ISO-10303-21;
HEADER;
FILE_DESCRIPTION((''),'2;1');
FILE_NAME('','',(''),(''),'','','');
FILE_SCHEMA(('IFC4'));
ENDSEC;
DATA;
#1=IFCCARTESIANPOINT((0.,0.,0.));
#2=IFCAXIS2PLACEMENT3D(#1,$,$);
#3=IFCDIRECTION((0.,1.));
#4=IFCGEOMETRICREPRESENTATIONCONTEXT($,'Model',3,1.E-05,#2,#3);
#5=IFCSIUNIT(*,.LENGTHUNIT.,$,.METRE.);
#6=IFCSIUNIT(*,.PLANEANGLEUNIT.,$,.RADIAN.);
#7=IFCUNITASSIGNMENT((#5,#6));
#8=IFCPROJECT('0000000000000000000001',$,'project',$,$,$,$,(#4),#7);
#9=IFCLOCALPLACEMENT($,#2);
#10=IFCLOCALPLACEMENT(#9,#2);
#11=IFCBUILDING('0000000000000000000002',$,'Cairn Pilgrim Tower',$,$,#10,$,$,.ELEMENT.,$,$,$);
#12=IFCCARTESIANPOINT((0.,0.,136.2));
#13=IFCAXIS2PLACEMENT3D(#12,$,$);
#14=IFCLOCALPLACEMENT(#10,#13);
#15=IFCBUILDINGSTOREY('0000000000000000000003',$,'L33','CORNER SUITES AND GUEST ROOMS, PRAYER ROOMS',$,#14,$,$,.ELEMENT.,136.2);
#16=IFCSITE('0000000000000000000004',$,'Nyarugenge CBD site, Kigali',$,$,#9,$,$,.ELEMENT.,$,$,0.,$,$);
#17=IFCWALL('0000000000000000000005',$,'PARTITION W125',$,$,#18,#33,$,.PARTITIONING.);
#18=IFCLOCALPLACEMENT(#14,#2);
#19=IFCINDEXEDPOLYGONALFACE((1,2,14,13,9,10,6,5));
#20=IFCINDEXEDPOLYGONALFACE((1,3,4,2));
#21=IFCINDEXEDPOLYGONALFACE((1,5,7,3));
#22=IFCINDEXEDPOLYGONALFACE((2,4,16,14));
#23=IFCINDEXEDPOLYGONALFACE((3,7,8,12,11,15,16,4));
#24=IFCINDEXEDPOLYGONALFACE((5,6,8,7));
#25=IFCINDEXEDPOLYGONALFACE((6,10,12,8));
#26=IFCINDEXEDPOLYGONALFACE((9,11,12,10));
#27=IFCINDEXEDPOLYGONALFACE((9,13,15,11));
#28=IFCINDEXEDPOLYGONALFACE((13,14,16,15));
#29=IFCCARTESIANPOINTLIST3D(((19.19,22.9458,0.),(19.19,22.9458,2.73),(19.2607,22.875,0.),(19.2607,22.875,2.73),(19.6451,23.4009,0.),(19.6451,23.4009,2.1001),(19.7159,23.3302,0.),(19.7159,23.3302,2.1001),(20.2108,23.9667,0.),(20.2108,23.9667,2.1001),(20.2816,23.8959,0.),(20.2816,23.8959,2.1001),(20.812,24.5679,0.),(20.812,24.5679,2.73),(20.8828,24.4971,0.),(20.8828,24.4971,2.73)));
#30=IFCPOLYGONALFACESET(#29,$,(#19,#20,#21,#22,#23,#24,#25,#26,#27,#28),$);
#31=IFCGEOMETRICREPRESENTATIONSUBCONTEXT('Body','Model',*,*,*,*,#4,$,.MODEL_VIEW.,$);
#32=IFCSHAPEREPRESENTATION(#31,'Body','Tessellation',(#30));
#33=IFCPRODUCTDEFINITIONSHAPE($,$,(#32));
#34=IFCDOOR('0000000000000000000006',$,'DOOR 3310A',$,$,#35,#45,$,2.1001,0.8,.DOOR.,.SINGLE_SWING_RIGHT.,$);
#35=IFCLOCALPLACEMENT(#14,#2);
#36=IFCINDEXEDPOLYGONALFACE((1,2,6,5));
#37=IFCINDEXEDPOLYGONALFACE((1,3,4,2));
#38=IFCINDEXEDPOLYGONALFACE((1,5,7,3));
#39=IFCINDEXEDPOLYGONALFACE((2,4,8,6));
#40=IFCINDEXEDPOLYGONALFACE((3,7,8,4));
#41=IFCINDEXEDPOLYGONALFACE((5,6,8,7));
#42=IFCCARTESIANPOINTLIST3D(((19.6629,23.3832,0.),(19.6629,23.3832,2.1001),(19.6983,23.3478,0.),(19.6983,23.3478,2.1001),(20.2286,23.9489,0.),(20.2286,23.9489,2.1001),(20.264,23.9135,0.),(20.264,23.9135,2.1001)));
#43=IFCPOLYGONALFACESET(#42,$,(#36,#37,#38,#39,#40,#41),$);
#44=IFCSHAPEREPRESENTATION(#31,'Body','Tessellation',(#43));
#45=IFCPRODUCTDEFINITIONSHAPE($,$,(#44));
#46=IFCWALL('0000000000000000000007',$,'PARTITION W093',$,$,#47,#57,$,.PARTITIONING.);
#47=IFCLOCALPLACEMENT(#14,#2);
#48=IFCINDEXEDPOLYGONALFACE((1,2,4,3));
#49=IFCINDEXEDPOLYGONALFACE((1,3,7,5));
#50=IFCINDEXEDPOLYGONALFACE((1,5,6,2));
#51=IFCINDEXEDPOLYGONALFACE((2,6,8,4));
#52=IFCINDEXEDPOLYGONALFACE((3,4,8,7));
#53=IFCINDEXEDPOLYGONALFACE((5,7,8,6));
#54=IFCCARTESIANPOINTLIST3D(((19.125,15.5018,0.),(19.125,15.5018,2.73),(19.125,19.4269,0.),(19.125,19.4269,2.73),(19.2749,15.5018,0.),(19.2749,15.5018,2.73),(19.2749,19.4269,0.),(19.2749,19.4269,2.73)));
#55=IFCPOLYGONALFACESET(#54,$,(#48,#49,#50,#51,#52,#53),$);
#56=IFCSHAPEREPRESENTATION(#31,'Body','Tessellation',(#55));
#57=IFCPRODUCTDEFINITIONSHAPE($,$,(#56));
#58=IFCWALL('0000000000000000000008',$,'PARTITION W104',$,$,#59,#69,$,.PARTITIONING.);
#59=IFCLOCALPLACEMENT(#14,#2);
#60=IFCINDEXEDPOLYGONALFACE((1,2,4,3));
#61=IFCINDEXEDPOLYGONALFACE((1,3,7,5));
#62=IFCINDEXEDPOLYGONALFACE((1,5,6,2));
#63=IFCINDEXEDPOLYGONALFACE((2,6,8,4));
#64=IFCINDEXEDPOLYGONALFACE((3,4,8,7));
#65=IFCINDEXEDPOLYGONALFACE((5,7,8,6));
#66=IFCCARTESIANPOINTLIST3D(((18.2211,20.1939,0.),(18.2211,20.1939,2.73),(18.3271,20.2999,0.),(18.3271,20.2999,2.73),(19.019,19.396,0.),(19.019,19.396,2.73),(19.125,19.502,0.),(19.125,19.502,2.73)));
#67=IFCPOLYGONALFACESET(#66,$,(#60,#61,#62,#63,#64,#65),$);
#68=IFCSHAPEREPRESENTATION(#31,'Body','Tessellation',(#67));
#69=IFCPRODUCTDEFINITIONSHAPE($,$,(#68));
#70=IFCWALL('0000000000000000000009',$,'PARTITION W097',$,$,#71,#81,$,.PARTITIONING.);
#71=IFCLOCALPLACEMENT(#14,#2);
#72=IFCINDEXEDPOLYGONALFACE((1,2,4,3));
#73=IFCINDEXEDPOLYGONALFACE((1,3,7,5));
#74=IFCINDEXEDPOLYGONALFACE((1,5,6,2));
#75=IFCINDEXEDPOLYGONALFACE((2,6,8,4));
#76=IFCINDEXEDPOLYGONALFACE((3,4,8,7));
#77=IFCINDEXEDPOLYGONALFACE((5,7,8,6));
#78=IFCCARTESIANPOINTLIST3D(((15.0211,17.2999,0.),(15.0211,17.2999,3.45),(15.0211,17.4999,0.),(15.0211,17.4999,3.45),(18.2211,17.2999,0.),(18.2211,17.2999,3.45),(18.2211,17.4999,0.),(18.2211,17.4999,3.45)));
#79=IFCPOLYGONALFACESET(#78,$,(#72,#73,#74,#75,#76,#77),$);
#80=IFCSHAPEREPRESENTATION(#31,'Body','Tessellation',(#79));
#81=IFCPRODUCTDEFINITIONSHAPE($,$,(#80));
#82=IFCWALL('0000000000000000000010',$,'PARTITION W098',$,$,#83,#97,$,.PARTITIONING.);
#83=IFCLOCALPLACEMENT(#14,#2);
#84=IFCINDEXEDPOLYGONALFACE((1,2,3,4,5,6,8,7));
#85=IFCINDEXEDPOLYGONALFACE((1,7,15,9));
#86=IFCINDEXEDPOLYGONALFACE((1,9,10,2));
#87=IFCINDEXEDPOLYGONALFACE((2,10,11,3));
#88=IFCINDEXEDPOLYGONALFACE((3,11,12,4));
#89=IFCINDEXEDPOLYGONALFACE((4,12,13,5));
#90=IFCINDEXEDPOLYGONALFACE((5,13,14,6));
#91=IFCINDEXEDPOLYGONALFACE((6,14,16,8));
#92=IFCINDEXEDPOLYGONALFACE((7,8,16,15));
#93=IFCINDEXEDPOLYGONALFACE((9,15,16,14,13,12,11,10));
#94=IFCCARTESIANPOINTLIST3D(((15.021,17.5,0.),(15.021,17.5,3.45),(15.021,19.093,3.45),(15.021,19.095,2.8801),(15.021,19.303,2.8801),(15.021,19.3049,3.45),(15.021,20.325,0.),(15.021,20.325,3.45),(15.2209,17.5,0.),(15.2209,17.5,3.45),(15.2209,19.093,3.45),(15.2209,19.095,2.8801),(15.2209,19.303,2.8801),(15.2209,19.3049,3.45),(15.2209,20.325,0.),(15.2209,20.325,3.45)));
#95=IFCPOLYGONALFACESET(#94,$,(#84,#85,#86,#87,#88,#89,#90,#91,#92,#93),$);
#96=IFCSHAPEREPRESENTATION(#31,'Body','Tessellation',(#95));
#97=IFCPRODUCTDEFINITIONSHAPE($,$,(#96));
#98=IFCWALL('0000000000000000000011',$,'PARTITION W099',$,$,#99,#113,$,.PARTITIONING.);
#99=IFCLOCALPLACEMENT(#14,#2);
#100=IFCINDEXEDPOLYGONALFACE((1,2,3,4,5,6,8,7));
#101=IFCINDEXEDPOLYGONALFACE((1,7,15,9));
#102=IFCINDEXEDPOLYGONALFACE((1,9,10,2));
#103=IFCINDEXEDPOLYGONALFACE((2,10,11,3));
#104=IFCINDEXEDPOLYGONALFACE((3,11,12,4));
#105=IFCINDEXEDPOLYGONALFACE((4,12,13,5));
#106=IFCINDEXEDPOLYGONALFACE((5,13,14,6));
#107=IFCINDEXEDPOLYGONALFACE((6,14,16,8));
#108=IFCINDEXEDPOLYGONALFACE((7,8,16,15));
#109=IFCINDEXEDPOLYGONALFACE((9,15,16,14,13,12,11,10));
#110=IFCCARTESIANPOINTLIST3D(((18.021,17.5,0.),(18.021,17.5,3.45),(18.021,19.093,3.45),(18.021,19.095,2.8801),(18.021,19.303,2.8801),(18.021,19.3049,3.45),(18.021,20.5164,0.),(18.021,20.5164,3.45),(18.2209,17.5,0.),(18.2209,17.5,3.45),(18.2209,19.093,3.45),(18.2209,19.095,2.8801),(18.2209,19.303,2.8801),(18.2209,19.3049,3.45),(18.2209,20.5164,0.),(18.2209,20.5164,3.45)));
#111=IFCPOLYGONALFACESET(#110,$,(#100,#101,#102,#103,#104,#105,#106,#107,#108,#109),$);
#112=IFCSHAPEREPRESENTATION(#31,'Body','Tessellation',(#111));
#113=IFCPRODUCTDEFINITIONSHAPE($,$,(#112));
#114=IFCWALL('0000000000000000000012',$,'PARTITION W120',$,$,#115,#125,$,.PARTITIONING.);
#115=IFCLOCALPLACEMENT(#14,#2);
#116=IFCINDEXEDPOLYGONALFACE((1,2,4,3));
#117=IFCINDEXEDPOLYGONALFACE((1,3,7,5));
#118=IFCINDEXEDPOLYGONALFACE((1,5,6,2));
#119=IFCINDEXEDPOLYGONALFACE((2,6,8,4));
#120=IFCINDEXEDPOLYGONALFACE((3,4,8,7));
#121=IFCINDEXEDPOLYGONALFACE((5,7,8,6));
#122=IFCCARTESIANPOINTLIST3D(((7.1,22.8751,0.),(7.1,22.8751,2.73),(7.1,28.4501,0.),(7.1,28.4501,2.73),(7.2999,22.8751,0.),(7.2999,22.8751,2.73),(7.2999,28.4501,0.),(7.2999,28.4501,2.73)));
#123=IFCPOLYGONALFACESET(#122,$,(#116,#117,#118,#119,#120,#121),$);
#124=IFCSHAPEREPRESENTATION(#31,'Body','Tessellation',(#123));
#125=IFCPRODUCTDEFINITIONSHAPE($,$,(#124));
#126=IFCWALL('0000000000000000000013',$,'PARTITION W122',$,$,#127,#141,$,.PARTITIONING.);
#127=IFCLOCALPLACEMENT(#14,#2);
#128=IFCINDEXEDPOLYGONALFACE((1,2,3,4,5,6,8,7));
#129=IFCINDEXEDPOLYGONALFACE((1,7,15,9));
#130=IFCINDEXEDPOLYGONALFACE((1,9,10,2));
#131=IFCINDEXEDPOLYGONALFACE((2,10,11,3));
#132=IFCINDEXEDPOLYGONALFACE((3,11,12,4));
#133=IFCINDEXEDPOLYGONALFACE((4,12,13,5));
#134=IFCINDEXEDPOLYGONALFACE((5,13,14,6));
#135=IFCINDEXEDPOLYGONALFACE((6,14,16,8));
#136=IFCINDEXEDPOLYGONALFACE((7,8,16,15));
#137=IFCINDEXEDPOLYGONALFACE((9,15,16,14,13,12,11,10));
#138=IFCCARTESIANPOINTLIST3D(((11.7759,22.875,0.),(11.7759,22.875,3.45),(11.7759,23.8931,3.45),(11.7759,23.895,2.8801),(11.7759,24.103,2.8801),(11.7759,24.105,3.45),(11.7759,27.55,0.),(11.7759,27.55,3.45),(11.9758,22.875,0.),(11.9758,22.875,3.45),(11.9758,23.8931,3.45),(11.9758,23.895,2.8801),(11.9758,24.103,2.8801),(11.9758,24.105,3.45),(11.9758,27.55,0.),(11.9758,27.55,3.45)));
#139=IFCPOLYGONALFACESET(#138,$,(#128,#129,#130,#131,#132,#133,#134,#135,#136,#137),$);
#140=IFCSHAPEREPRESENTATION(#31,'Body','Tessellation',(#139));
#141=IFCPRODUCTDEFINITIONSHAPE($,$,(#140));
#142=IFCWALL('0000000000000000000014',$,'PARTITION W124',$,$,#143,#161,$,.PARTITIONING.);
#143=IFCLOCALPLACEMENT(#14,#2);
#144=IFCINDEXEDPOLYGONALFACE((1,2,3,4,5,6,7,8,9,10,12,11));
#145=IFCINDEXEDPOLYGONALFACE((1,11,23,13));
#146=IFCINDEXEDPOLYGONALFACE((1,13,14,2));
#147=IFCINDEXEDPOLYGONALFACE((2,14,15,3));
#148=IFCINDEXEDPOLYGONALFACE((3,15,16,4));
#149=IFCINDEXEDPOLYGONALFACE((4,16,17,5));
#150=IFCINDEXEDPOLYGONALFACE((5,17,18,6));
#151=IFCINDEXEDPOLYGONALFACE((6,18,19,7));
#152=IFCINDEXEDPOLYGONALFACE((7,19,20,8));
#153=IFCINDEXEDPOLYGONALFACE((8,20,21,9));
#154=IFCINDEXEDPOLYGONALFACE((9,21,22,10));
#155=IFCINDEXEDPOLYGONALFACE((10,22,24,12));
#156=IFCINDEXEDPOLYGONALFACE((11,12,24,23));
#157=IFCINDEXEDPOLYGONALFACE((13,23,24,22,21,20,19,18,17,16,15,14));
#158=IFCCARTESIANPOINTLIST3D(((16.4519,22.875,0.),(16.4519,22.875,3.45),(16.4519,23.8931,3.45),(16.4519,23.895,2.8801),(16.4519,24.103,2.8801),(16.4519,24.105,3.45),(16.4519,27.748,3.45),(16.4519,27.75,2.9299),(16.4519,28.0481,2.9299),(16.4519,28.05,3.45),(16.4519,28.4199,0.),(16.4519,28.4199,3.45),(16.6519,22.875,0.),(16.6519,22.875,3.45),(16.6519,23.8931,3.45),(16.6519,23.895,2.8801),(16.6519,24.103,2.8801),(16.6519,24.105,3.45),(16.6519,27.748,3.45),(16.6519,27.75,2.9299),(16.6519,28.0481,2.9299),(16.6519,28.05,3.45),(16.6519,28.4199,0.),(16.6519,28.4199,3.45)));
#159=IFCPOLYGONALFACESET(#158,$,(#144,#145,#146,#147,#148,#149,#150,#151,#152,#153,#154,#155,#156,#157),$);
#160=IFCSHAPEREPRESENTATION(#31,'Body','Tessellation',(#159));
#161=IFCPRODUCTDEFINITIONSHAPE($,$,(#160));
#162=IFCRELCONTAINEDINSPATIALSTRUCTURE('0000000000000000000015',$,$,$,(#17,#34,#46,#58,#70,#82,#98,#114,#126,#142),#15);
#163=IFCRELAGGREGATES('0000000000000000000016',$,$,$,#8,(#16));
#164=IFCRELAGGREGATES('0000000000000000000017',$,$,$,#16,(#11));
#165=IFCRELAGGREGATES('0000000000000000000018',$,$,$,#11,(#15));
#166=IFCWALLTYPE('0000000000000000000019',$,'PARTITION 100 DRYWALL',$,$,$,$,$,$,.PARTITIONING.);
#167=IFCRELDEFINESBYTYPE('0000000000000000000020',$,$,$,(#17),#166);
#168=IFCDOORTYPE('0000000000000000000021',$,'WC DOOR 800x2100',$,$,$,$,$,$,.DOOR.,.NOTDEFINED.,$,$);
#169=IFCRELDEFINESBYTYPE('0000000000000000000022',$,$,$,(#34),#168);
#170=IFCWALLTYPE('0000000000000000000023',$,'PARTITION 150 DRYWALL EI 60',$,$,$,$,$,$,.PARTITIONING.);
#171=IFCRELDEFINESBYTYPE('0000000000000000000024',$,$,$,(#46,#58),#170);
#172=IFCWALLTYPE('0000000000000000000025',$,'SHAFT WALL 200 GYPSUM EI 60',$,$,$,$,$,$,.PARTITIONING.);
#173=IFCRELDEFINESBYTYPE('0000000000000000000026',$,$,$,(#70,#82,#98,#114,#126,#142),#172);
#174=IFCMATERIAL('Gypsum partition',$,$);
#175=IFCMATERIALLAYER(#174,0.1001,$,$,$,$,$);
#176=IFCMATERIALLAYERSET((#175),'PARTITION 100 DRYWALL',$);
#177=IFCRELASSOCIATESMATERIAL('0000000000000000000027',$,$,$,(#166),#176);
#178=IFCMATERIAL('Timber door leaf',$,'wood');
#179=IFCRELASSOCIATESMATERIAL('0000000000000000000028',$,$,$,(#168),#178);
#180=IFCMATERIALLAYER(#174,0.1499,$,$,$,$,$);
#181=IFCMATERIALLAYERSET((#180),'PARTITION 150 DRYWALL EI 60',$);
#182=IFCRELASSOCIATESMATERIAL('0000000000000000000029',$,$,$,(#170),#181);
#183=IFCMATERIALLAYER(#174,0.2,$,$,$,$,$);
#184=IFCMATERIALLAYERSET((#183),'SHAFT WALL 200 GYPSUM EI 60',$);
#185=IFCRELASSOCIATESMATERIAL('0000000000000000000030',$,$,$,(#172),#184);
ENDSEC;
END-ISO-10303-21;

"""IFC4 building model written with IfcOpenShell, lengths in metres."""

from ifc_helpers import new_model, si_unit, direction, frame, frame_2d, origin, place, context, subcontext, project, spatial, polyline, rectangle, outline, extrude, material, layer, layer_set, type_object, element, fill, save


model = new_model("IFC4")

# Units and contexts
model_context = context("Model", 3, precision=1e-05, world=origin(), true_north=direction((0.0, 1.0)))
body_context = subcontext(model_context, "Body", "Model", "MODEL_VIEW")
ifc_project = project(units=[si_unit("LENGTHUNIT", "METRE"), si_unit("PLANEANGLEUNIT", "RADIAN")], contexts=[model_context])

# Site, building, storey
site_placement = place(None, origin())
site = spatial("IfcSite", under=ifc_project, at=site_placement, Name="Nyarugenge CBD site, Kigali", CompositionType="ELEMENT", RefElevation=0.0)
building_placement = place(site_placement, origin())
building = spatial("IfcBuilding", under=site, at=building_placement, Name="Cairn Pilgrim Tower", CompositionType="ELEMENT")
storey_placement = place(building_placement, frame((0.0, 0.0, 136.2)))
storey = spatial("IfcBuildingStorey", under=building, at=storey_placement, Name="L33", Description="CORNER SUITES AND GUEST ROOMS, PRAYER ROOMS", CompositionType="ELEMENT", Elevation=136.2)

# Shared definitions
ifc_material_1 = material(Name="Gypsum partition")
ifc_layer_1 = layer(ifc_material_1, 0.1001)
ifc_layer_set_1 = layer_set([ifc_layer_1], Name="PARTITION 100 DRYWALL")
wall_type_1 = type_object("IfcWallType", Name="PARTITION 100 DRYWALL", PredefinedType="PARTITIONING", material=ifc_layer_set_1)

# Wall, opening, door
wall_1_placement = place(storey_placement, frame((19.2253, 22.9104, 0.0), z_axis=(0.0, 0.0, 1.0), x_axis=(0.707107, 0.707107, 0.0)))
wall_1 = element("IfcWall", 1, at=wall_1_placement, inside=storey, type_object=wall_type_1, Name="PARTITION W125", PredefinedType="PARTITIONING", context=body_context, shape_type="SweptSolid", body=[
    extrude(rectangle(XDim=2.2939, YDim=0.1001, at=frame_2d((1.147, 0.0))), origin(), (0.0, 0.0, 1.0), 2.73),
])
opening_placement = place(wall_1_placement, frame((0.6438, 0.0, 0.0)))
opening = element("IfcOpeningElement", 2, at=opening_placement, cuts=wall_1, PredefinedType="OPENING", context=body_context, shape_type="SweptSolid", body=[
    extrude(rectangle(XDim=0.8, YDim=2.1001, at=frame_2d((0.3999, 1.05))), frame((0.0, 0.0601, 0.0), z_axis=(0.0, -1.0, 0.0), x_axis=(1.0, 0.0, 0.0)), (0.0, 0.0, 1.0), 0.1201),
])
ifc_material_2 = material(Name="Timber door leaf", Category="wood")
door_type = type_object("IfcDoorType", Name="WC DOOR 800x2100", OperationType="NOTDEFINED", PredefinedType="DOOR", material=ifc_material_2)
door_placement = place(opening_placement, origin())
door = element("IfcDoor", 3, at=door_placement, inside=storey, type_object=door_type, Name="DOOR 3310A", OperationType="SINGLE_SWING_RIGHT", OverallHeight=2.1001, OverallWidth=0.8, PredefinedType="DOOR", context=body_context, shape_type="SweptSolid", body=[
    extrude(rectangle(XDim=0.8, YDim=2.1001, at=frame_2d((0.3999, 1.05))), frame((0.0, 0.0249, 0.0), z_axis=(0.0, -1.0, 0.0), x_axis=(1.0, 0.0, 0.0)), (0.0, 0.0, 1.0), 0.05),
])
fill(opening, door)

# Walls
ifc_layer_2 = layer(ifc_material_1, 0.1499)
ifc_layer_set_2 = layer_set([ifc_layer_2], Name="PARTITION 150 DRYWALL EI 60")
wall_type_2 = type_object("IfcWallType", Name="PARTITION 150 DRYWALL EI 60", PredefinedType="PARTITIONING", material=ifc_layer_set_2)
wall_2_placement = place(storey_placement, frame((19.2, 15.502, 0.0), z_axis=(0.0, 0.0, 1.0), x_axis=(0.0, 1.0, 0.0)))
element("IfcWall", 4, at=wall_2_placement, inside=storey, type_object=wall_type_2, Name="PARTITION W093", PredefinedType="PARTITIONING", context=body_context, shape_type="SweptSolid", body=[
    extrude(rectangle(XDim=3.925, YDim=0.1499, at=frame_2d((1.9624, 0.0))), origin(), (0.0, 0.0, 1.0), 2.73),
])
wall_3_placement = place(storey_placement, frame((19.072, 19.449, 0.0), z_axis=(0.0, 0.0, 1.0), x_axis=(-0.707107, 0.707107, 0.0)))
element("IfcWall", 5, at=wall_3_placement, inside=storey, type_object=wall_type_2, Name="PARTITION W104", PredefinedType="PARTITIONING", context=body_context, shape_type="SweptSolid", body=[
    extrude(rectangle(XDim=1.1284, YDim=0.1499, at=frame_2d((0.5642, 0.0))), origin(), (0.0, 0.0, 1.0), 2.73),
])
ifc_layer_3 = layer(ifc_material_1, 0.2)
ifc_layer_set_3 = layer_set([ifc_layer_3], Name="SHAFT WALL 200 GYPSUM EI 60")
wall_type_3 = type_object("IfcWallType", Name="SHAFT WALL 200 GYPSUM EI 60", PredefinedType="PARTITIONING", material=ifc_layer_set_3)
wall_4_placement = place(storey_placement, frame((15.021, 17.3999, 0.0), z_axis=(0.0, 0.0, 1.0), x_axis=(1.0, 0.0, 0.0)))
element("IfcWall", 6, at=wall_4_placement, inside=storey, type_object=wall_type_3, Name="PARTITION W097", PredefinedType="PARTITIONING", context=body_context, shape_type="SweptSolid", body=[
    extrude(rectangle(XDim=3.2, YDim=0.2, at=frame_2d((1.6001, 0.0))), origin(), (0.0, 0.0, 1.0), 3.45),
])
wall_5_placement = place(storey_placement, frame((15.1211, 17.5, 0.0), z_axis=(0.0, 0.0, 1.0), x_axis=(0.0, 1.0, 0.0)))
element("IfcWall", 7, at=wall_5_placement, inside=storey, type_object=wall_type_3, Name="PARTITION W098", PredefinedType="PARTITIONING", context=body_context, shape_type="SweptSolid", body=[
    extrude(outline(polyline([(0.0, 0.0), (2.825, 0.0), (2.825, 3.45), (1.8049, 3.45), (1.803, 2.8801), (1.595, 2.8801), (1.593, 3.45), (0.0, 3.45), (0.0, 0.0)])), frame((0.0, 0.1001, 0.0), z_axis=(0.0, -1.0, 0.0), x_axis=(1.0, 0.0, 0.0)), (0.0, 0.0, 1.0), 0.2),
])
wall_6_placement = place(storey_placement, frame((18.1211, 17.5, 0.0), z_axis=(0.0, 0.0, 1.0), x_axis=(0.0, 1.0, 0.0)))
element("IfcWall", 8, at=wall_6_placement, inside=storey, type_object=wall_type_3, Name="PARTITION W099", PredefinedType="PARTITIONING", context=body_context, shape_type="SweptSolid", body=[
    extrude(outline(polyline([(0.0, 0.0), (3.0164, 0.0), (3.0164, 3.45), (1.8049, 3.45), (1.803, 2.8801), (1.595, 2.8801), (1.593, 3.45), (0.0, 3.45), (0.0, 0.0)])), frame((0.0, 0.1001, 0.0), z_axis=(0.0, -1.0, 0.0), x_axis=(1.0, 0.0, 0.0)), (0.0, 0.0, 1.0), 0.2),
])
wall_7_placement = place(storey_placement, frame((7.2, 22.875, 0.0), z_axis=(0.0, 0.0, 1.0), x_axis=(0.0, 1.0, 0.0)))
element("IfcWall", 9, at=wall_7_placement, inside=storey, type_object=wall_type_3, Name="PARTITION W120", PredefinedType="PARTITIONING", context=body_context, shape_type="SweptSolid", body=[
    extrude(rectangle(XDim=5.575, YDim=0.2, at=frame_2d((2.7876, 0.0))), origin(), (0.0, 0.0, 1.0), 2.73),
])
wall_8_placement = place(storey_placement, frame((11.876, 22.875, 0.0), z_axis=(0.0, 0.0, 1.0), x_axis=(0.0, 1.0, 0.0)))
element("IfcWall", 10, at=wall_8_placement, inside=storey, type_object=wall_type_3, Name="PARTITION W122", PredefinedType="PARTITIONING", context=body_context, shape_type="SweptSolid", body=[
    extrude(outline(polyline([(0.0, 0.0), (4.675, 0.0), (4.675, 3.45), (1.23, 3.45), (1.228, 2.8801), (1.02, 2.8801), (1.0181, 3.45), (0.0, 3.45), (0.0, 0.0)])), frame((0.0, 0.1001, 0.0), z_axis=(0.0, -1.0, 0.0), x_axis=(1.0, 0.0, 0.0)), (0.0, 0.0, 1.0), 0.2),
])
wall_9_placement = place(storey_placement, frame((16.552, 22.875, 0.0), z_axis=(0.0, 0.0, 1.0), x_axis=(0.0, 1.0, 0.0)))
element("IfcWall", 11, at=wall_9_placement, inside=storey, type_object=wall_type_3, Name="PARTITION W124", PredefinedType="PARTITIONING", context=body_context, shape_type="SweptSolid", body=[
    extrude(outline(polyline([(0.0, 0.0), (5.5449, 0.0), (5.5449, 3.45), (5.175, 3.45), (5.1731, 2.9299), (4.875, 2.9299), (4.873, 3.45), (1.23, 3.45), (1.228, 2.8801), (1.02, 2.8801), (1.0181, 3.45), (0.0, 3.45), (0.0, 0.0)])), frame((0.0, 0.1001, 0.0), z_axis=(0.0, -1.0, 0.0), x_axis=(1.0, 0.0, 0.0)), (0.0, 0.0, 1.0), 0.2),
])

save(model, "model.ifc")
